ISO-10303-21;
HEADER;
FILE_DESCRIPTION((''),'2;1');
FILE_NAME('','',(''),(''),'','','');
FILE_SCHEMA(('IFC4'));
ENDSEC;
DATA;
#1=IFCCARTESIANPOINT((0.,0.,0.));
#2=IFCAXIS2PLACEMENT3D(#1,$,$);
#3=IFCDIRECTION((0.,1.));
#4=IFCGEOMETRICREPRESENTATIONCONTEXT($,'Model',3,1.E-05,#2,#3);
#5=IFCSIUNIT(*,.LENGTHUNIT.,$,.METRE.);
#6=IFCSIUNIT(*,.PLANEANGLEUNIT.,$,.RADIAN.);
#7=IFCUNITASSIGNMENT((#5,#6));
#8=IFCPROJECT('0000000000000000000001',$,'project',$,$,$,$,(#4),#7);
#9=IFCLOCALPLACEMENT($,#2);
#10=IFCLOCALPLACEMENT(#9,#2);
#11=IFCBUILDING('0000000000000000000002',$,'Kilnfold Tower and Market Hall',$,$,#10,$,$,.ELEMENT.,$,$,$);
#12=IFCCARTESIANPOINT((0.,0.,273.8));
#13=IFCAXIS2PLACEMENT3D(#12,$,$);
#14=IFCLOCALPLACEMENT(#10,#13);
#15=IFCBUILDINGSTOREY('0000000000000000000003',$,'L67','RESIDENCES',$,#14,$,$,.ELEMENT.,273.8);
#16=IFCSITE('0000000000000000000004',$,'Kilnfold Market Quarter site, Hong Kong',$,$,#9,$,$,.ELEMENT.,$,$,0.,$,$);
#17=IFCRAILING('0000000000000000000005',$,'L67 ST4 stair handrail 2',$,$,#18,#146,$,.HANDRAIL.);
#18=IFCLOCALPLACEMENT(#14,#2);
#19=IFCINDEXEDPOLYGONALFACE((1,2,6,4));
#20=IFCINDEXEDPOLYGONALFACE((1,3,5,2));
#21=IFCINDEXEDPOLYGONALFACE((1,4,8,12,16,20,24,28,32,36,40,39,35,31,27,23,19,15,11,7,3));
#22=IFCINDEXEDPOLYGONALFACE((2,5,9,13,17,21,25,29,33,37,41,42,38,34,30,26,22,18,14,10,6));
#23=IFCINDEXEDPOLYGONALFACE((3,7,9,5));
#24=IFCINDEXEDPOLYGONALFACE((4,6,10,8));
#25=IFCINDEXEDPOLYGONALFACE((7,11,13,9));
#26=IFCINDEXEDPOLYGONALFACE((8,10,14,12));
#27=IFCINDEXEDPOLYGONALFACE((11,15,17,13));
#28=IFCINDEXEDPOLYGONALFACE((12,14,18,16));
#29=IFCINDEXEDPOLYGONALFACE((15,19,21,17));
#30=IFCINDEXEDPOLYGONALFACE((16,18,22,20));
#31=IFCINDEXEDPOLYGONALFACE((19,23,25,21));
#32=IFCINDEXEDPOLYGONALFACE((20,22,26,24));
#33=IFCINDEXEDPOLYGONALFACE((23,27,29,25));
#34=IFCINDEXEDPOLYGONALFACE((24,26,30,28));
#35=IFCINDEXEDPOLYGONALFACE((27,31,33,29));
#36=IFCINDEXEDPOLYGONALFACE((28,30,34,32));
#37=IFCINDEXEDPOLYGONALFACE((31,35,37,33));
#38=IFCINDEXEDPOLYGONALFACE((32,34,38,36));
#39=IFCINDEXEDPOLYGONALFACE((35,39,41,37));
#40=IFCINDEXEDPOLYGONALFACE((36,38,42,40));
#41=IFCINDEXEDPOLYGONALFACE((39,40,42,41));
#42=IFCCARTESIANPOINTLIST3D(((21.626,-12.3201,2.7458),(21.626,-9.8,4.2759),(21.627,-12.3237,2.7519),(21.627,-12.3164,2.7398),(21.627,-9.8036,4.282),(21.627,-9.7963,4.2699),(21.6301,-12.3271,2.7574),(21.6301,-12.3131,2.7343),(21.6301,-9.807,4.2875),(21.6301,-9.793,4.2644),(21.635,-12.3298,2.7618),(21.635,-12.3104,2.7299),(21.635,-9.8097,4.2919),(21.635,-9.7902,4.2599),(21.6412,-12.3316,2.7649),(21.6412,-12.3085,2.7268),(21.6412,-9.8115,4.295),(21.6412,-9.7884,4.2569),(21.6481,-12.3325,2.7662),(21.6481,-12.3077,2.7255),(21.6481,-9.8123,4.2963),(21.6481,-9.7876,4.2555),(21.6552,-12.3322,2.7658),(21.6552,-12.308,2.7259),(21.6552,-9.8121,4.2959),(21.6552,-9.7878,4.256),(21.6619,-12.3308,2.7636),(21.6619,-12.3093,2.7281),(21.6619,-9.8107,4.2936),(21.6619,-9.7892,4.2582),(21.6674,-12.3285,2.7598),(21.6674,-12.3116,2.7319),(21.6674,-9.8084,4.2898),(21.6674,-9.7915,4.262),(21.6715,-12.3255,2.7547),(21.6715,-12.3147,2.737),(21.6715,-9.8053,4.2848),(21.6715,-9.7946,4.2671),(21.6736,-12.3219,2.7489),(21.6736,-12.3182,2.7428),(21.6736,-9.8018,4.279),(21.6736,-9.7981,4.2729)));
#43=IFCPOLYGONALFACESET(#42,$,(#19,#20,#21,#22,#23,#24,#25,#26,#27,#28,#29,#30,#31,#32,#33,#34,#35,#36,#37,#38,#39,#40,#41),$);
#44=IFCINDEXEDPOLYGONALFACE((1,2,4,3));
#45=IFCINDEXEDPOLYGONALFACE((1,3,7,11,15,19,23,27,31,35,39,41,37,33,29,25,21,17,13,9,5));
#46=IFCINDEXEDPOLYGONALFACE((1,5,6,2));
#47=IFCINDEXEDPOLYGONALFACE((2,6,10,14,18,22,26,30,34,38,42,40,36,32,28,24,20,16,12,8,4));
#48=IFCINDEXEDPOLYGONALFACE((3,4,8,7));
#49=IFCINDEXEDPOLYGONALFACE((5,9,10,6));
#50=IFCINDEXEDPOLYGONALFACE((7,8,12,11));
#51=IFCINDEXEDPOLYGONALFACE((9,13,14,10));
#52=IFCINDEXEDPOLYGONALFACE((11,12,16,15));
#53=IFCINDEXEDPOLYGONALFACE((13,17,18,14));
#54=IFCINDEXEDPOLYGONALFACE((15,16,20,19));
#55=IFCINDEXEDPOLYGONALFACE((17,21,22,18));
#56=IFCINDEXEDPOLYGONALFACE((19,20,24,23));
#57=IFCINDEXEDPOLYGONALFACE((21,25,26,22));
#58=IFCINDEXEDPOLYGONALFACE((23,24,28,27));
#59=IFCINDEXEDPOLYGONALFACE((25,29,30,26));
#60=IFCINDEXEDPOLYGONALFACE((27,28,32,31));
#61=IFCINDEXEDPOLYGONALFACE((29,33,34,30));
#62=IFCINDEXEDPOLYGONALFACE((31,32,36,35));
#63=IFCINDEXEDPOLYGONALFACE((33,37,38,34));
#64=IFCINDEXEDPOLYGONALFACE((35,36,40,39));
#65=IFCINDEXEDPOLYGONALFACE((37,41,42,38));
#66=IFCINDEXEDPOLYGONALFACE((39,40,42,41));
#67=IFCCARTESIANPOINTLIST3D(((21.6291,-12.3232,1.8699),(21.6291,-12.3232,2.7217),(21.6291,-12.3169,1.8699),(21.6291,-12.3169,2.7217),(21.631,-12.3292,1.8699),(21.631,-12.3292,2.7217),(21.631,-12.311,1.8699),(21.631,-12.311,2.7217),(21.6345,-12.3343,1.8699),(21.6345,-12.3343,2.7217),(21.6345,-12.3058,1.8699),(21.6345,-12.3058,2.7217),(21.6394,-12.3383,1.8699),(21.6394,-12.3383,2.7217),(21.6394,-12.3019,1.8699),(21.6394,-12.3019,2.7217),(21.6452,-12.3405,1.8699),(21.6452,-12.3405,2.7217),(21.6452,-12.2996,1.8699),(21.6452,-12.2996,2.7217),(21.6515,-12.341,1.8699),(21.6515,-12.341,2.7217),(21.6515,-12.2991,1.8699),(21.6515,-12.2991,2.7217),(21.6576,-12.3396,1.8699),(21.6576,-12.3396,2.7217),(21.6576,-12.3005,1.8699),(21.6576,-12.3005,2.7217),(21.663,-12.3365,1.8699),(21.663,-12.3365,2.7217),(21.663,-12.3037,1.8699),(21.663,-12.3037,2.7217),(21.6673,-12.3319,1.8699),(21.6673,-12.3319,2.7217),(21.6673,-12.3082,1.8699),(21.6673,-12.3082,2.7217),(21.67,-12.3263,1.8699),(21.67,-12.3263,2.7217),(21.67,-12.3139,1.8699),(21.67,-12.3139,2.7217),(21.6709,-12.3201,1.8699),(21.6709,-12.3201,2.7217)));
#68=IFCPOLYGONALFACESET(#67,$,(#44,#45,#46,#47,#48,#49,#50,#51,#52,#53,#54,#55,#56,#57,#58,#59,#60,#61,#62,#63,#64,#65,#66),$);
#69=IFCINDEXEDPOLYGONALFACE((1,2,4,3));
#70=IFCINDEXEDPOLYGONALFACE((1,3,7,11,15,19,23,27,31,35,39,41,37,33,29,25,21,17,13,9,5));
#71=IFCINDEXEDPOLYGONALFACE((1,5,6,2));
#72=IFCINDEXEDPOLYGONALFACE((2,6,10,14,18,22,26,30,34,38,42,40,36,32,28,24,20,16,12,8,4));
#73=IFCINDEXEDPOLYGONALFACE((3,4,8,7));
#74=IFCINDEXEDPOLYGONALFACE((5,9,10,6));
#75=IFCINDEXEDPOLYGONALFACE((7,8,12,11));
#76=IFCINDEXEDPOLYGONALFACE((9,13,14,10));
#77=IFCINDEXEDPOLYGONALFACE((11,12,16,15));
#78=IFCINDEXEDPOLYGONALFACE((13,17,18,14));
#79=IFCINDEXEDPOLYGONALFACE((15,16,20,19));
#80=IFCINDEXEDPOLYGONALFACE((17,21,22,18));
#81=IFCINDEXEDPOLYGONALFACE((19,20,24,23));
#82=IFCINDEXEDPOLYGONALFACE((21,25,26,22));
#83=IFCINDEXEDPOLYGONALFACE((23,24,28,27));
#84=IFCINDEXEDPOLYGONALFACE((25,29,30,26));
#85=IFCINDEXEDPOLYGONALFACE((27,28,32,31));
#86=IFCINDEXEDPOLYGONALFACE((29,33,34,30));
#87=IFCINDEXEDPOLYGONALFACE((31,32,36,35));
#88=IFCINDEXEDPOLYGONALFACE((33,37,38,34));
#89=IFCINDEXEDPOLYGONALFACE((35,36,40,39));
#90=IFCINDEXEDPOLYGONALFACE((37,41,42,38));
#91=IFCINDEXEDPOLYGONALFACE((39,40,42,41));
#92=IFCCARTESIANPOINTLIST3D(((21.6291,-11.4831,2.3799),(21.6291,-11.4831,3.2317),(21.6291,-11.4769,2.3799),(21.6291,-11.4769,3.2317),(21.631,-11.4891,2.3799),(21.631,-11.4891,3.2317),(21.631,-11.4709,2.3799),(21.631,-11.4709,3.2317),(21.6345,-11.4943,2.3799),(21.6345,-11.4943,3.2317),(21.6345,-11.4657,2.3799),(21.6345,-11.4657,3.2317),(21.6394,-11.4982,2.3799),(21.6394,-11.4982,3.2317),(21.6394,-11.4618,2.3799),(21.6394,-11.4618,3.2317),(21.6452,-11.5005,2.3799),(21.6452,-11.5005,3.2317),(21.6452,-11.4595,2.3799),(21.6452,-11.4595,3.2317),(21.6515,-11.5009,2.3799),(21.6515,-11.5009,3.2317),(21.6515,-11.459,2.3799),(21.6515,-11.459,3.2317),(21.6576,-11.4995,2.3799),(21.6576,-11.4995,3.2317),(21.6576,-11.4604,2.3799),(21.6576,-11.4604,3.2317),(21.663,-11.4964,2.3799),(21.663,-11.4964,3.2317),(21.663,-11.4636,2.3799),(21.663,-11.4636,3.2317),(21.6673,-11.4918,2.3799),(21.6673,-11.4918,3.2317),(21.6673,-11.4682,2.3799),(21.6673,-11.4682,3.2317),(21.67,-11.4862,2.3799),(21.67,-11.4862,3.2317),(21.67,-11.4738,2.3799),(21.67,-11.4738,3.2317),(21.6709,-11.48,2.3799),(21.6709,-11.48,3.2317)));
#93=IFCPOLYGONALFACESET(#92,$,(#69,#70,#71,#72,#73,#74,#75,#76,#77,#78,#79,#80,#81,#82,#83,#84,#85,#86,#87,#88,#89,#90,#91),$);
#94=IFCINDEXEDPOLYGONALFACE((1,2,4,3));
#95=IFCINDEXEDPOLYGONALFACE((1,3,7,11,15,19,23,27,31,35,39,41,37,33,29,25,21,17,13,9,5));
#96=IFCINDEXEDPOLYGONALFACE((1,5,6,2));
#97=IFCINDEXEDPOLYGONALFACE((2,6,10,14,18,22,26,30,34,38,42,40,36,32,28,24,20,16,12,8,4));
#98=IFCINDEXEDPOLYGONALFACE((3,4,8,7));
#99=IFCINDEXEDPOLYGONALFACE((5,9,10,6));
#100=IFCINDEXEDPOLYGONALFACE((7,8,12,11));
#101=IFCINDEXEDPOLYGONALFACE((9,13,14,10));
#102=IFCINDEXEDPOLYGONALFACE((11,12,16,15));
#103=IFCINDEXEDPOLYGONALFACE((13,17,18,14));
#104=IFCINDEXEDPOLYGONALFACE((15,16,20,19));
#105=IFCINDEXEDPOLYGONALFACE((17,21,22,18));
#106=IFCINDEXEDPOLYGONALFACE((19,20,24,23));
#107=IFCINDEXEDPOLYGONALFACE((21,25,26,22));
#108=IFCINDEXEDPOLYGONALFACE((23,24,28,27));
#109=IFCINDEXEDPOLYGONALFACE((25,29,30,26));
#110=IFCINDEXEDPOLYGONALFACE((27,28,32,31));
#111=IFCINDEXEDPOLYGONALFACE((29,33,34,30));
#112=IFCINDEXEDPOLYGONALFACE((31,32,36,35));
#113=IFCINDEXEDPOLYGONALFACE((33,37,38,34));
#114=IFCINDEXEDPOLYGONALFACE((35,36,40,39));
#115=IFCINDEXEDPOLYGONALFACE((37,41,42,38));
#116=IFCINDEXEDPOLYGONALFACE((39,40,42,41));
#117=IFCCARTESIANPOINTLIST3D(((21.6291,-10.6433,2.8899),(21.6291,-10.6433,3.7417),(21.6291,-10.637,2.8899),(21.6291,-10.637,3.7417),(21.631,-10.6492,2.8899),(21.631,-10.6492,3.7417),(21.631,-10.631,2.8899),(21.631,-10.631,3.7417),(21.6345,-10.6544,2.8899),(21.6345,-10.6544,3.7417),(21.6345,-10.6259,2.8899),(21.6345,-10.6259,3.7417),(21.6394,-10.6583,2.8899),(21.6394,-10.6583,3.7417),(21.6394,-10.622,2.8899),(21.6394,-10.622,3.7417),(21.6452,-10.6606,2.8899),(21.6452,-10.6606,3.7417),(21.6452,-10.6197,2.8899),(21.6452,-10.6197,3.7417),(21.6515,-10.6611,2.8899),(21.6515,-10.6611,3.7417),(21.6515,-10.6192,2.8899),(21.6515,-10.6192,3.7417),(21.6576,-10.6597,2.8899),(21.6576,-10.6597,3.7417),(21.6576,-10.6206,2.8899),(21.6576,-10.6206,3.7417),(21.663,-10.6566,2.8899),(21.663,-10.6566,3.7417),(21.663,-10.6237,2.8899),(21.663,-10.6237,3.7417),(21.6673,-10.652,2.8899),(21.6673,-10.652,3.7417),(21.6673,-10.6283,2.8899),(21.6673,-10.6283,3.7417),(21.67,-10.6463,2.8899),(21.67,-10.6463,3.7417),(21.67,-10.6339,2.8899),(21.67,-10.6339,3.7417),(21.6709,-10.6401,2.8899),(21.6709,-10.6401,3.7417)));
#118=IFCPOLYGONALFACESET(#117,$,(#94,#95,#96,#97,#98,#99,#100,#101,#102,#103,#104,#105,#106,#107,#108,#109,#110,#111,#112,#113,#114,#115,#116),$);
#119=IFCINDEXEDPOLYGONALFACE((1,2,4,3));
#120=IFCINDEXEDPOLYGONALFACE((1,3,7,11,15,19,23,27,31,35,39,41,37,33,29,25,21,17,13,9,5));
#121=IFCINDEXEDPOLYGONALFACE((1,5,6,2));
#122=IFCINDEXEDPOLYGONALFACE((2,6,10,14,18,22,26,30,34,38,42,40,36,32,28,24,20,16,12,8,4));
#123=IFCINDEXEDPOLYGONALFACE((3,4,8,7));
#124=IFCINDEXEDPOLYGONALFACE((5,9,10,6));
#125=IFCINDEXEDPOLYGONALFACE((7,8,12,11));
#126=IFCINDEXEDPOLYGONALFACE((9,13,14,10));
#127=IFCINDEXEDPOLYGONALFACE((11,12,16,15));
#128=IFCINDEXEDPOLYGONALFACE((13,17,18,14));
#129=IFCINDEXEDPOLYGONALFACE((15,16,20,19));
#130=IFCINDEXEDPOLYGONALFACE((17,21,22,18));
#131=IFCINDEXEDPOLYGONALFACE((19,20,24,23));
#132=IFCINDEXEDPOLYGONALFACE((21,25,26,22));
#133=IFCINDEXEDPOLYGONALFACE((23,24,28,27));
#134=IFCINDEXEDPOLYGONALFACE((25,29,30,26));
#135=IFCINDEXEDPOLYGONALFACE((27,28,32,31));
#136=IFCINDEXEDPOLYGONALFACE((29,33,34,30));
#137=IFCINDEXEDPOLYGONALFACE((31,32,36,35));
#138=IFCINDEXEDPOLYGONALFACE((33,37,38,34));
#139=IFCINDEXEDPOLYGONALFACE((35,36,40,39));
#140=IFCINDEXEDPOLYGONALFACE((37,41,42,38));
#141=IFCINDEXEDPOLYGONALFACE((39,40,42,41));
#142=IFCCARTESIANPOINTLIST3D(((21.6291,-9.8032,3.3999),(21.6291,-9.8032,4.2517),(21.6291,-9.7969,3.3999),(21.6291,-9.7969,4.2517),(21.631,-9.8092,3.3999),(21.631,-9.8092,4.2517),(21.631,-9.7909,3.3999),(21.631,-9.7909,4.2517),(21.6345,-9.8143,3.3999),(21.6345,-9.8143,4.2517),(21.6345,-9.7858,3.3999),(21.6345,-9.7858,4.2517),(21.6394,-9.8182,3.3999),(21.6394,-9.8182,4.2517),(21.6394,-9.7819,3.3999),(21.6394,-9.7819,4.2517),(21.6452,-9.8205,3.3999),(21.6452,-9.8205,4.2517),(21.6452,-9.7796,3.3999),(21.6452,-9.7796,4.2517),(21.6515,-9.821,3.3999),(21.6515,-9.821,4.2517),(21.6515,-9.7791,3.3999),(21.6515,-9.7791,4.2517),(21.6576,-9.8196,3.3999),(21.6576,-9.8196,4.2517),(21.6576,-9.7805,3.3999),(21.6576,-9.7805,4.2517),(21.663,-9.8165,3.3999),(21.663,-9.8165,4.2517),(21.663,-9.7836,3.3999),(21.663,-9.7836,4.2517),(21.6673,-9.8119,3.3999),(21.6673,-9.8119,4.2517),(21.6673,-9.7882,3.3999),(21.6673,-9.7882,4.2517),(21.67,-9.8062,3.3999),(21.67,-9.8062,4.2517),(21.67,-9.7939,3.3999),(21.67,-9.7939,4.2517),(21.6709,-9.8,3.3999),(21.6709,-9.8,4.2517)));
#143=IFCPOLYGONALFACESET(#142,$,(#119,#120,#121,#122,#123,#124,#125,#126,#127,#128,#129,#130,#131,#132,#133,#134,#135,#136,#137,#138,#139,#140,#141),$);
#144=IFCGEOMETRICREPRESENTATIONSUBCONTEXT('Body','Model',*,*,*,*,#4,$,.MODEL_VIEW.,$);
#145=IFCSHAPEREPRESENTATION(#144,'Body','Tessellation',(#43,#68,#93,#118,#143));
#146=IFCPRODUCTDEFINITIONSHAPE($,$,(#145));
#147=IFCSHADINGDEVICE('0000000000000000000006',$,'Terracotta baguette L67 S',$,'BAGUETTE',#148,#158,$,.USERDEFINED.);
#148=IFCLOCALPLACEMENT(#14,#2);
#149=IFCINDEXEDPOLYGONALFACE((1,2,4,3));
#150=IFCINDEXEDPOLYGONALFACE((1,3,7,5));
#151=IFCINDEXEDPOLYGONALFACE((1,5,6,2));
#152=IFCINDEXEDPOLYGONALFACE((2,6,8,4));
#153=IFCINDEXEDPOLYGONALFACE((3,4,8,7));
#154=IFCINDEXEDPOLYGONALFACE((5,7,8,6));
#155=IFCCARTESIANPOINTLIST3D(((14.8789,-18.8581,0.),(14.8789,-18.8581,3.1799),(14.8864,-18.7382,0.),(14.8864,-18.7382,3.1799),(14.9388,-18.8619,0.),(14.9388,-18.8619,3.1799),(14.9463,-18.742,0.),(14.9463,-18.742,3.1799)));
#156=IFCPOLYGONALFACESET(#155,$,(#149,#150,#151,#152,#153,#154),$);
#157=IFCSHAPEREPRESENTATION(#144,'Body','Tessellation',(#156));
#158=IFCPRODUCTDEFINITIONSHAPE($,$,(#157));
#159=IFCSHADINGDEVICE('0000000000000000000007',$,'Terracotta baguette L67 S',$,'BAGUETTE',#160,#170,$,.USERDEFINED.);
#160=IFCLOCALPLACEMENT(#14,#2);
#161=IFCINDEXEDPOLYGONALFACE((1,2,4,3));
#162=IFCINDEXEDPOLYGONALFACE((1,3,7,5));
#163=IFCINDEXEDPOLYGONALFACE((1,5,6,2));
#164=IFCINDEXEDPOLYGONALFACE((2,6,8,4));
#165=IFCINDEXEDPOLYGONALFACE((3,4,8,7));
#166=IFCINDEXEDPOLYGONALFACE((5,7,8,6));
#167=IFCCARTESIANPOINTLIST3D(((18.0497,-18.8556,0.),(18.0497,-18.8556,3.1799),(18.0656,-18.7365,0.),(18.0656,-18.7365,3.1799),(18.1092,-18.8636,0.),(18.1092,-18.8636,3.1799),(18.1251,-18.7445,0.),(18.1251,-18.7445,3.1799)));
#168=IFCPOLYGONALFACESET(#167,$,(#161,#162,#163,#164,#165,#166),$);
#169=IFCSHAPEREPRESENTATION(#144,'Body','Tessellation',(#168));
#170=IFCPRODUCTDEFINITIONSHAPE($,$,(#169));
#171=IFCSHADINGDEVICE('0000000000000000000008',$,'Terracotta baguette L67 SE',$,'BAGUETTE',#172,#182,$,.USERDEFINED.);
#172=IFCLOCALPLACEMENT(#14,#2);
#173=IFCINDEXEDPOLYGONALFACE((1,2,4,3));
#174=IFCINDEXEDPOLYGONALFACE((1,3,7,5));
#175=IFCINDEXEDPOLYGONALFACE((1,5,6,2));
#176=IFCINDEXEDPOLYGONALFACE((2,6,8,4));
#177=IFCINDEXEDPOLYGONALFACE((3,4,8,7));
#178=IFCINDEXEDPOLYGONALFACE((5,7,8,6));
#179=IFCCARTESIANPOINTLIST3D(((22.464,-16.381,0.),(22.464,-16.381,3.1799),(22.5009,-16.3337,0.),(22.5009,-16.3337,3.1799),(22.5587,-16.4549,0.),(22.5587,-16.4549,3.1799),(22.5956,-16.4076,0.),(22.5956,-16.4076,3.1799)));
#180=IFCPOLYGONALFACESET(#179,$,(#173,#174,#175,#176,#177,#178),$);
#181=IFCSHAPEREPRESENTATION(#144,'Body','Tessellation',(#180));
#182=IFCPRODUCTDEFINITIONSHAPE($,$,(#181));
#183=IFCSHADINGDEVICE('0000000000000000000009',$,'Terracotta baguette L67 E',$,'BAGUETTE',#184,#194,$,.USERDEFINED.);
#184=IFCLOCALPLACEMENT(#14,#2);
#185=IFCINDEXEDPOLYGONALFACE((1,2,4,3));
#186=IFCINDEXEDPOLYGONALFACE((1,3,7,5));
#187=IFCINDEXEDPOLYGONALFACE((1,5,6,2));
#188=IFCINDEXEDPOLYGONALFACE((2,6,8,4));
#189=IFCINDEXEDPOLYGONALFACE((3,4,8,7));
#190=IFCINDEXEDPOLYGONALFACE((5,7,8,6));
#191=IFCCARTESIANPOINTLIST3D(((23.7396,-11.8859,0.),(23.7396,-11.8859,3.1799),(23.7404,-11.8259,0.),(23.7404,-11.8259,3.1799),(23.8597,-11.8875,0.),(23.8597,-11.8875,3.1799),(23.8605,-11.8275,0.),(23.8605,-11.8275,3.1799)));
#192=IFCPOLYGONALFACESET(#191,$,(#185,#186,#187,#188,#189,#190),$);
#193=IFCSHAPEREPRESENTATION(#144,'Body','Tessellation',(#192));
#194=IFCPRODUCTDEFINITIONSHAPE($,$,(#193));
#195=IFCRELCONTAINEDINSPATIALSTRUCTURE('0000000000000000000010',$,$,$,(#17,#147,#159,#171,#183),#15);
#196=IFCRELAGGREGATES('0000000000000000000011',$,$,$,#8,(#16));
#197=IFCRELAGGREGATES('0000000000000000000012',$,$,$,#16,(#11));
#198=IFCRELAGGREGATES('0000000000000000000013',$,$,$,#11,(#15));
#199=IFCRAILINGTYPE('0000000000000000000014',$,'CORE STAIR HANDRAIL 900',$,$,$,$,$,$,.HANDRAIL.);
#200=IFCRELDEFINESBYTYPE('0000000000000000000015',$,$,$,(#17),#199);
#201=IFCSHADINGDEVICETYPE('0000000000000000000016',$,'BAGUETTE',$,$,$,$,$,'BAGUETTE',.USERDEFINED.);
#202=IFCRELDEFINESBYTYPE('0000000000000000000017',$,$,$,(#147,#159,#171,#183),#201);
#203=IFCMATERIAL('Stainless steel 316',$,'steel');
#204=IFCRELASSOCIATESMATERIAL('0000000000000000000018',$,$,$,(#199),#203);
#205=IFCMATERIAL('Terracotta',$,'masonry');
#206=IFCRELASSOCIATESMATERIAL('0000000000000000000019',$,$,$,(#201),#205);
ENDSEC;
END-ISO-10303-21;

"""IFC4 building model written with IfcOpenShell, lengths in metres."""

from ifc_helpers import new_model, si_unit, direction, frame, origin, origin_2d, place, context, subcontext, project, spatial, rectangle, circle, extrude, source, transform, mapped, material, material_profile, profile_set, type_object, element, save


model = new_model("IFC4")

# Units and contexts
model_context = context("Model", 3, precision=1e-05, world=origin(), true_north=direction((0.0, 1.0)))
body_context = subcontext(model_context, "Body", "Model", "MODEL_VIEW")
ifc_project = project(units=[si_unit("LENGTHUNIT", "METRE"), si_unit("PLANEANGLEUNIT", "RADIAN")], contexts=[model_context])

# Site, building, storey
site_placement = place(None, origin())
site = spatial("IfcSite", under=ifc_project, at=site_placement, Name="Kilnfold Market Quarter site, Hong Kong", CompositionType="ELEMENT", RefElevation=0.0)
building_placement = place(site_placement, origin())
building = spatial("IfcBuilding", under=site, at=building_placement, Name="Kilnfold Tower and Market Hall", CompositionType="ELEMENT")
storey_placement = place(building_placement, frame((0.0, 0.0, 273.8)))
storey = spatial("IfcBuildingStorey", under=building, at=storey_placement, Name="L67", Description="RESIDENCES", CompositionType="ELEMENT", Elevation=273.8)

# Railing
ifc_material_1 = material(Name="Stainless steel 316", Category="steel")
railing_type_1 = type_object("IfcRailingType", Name="CORE STAIR HANDRAIL 900", PredefinedType="HANDRAIL", material=ifc_material_1)
railing_1_placement = place(storey_placement, frame((21.6499, -12.3201, 1.8699)))
element("IfcRailing", 1, at=railing_1_placement, inside=storey, type_object=railing_type_1, Name="L67 ST4 stair handrail 2", PredefinedType="HANDRAIL", context=body_context, shape_type="SweptSolid", body=[
    extrude(circle(Radius=0.0239, at=origin_2d()), frame((0.0, 0.0, 0.876), z_axis=(0.0, 0.854785, 0.518982), x_axis=(-1.0, 0.0, 0.0)), (0.0, 0.0, 1.0), 2.9482),
    extrude(circle(Radius=0.021, at=origin_2d()), origin(), (0.0, 0.0, 1.0), 0.8518),
    extrude(circle(Radius=0.021, at=origin_2d()), frame((0.0, 0.8401, 0.51)), (0.0, 0.0, 1.0), 0.8518),
    extrude(circle(Radius=0.021, at=origin_2d()), frame((0.0, 1.6799, 1.02)), (0.0, 0.0, 1.0), 0.8518),
    extrude(circle(Radius=0.021, at=origin_2d()), frame((0.0, 2.52, 1.53)), (0.0, 0.0, 1.0), 0.8518),
])

# Shading devices
ifc_material_2 = material(Name="Terracotta", Category="masonry")
ifc_material_profile_1 = material_profile(ifc_material_2, rectangle(XDim=0.0601, YDim=0.1201, at=origin_2d()), Name="BAG 60x120")
ifc_profile_set_1 = profile_set([ifc_material_profile_1], Name="Terracotta")
shading_device_type = type_object("IfcShadingDeviceType", Name="BAGUETTE", ElementType="BAGUETTE", PredefinedType="USERDEFINED", material=ifc_profile_set_1)
shared_shape_1 = source(origin(), body_context, "Body", "SweptSolid", [
    extrude(rectangle(XDim=0.0601, YDim=0.1201, at=origin_2d()), origin(), (0.0, 0.0, 1.0), 3.1799),
])
for number, where, z_axis, x_axis, name in (
    (2, (14.9126, -18.8, 0.0), (0.0, 0.0, 1.0), (0.99806, -0.062257, 0.0), "Terracotta baguette L67 S"),
    (3, (18.0874, -18.8, 0.0), (0.0, 0.0, 1.0), (0.99121, -0.132296, 0.0), "Terracotta baguette L67 S"),
    (4, (22.5298, -16.3943, 0.0), (0.0, 0.0, 1.0), (0.615144, 0.788415, 0.0), "Terracotta baguette L67 SE"),
    (5, (23.8, -11.8567, 0.0), (0.0, 0.0, 1.0), (0.0132, 0.999913, 0.0), "Terracotta baguette L67 E"),
):
    element("IfcShadingDevice", number, at=place(storey_placement, frame(where, z_axis=z_axis, x_axis=x_axis)), inside=storey, type_object=shading_device_type, Name=name, ObjectType="BAGUETTE", PredefinedType="USERDEFINED", context=body_context, shape_type="MappedRepresentation", body=[
        mapped(shared_shape_1, transform((0.0, 0.0, 0.0))),
    ])

save(model, "model.ifc")
